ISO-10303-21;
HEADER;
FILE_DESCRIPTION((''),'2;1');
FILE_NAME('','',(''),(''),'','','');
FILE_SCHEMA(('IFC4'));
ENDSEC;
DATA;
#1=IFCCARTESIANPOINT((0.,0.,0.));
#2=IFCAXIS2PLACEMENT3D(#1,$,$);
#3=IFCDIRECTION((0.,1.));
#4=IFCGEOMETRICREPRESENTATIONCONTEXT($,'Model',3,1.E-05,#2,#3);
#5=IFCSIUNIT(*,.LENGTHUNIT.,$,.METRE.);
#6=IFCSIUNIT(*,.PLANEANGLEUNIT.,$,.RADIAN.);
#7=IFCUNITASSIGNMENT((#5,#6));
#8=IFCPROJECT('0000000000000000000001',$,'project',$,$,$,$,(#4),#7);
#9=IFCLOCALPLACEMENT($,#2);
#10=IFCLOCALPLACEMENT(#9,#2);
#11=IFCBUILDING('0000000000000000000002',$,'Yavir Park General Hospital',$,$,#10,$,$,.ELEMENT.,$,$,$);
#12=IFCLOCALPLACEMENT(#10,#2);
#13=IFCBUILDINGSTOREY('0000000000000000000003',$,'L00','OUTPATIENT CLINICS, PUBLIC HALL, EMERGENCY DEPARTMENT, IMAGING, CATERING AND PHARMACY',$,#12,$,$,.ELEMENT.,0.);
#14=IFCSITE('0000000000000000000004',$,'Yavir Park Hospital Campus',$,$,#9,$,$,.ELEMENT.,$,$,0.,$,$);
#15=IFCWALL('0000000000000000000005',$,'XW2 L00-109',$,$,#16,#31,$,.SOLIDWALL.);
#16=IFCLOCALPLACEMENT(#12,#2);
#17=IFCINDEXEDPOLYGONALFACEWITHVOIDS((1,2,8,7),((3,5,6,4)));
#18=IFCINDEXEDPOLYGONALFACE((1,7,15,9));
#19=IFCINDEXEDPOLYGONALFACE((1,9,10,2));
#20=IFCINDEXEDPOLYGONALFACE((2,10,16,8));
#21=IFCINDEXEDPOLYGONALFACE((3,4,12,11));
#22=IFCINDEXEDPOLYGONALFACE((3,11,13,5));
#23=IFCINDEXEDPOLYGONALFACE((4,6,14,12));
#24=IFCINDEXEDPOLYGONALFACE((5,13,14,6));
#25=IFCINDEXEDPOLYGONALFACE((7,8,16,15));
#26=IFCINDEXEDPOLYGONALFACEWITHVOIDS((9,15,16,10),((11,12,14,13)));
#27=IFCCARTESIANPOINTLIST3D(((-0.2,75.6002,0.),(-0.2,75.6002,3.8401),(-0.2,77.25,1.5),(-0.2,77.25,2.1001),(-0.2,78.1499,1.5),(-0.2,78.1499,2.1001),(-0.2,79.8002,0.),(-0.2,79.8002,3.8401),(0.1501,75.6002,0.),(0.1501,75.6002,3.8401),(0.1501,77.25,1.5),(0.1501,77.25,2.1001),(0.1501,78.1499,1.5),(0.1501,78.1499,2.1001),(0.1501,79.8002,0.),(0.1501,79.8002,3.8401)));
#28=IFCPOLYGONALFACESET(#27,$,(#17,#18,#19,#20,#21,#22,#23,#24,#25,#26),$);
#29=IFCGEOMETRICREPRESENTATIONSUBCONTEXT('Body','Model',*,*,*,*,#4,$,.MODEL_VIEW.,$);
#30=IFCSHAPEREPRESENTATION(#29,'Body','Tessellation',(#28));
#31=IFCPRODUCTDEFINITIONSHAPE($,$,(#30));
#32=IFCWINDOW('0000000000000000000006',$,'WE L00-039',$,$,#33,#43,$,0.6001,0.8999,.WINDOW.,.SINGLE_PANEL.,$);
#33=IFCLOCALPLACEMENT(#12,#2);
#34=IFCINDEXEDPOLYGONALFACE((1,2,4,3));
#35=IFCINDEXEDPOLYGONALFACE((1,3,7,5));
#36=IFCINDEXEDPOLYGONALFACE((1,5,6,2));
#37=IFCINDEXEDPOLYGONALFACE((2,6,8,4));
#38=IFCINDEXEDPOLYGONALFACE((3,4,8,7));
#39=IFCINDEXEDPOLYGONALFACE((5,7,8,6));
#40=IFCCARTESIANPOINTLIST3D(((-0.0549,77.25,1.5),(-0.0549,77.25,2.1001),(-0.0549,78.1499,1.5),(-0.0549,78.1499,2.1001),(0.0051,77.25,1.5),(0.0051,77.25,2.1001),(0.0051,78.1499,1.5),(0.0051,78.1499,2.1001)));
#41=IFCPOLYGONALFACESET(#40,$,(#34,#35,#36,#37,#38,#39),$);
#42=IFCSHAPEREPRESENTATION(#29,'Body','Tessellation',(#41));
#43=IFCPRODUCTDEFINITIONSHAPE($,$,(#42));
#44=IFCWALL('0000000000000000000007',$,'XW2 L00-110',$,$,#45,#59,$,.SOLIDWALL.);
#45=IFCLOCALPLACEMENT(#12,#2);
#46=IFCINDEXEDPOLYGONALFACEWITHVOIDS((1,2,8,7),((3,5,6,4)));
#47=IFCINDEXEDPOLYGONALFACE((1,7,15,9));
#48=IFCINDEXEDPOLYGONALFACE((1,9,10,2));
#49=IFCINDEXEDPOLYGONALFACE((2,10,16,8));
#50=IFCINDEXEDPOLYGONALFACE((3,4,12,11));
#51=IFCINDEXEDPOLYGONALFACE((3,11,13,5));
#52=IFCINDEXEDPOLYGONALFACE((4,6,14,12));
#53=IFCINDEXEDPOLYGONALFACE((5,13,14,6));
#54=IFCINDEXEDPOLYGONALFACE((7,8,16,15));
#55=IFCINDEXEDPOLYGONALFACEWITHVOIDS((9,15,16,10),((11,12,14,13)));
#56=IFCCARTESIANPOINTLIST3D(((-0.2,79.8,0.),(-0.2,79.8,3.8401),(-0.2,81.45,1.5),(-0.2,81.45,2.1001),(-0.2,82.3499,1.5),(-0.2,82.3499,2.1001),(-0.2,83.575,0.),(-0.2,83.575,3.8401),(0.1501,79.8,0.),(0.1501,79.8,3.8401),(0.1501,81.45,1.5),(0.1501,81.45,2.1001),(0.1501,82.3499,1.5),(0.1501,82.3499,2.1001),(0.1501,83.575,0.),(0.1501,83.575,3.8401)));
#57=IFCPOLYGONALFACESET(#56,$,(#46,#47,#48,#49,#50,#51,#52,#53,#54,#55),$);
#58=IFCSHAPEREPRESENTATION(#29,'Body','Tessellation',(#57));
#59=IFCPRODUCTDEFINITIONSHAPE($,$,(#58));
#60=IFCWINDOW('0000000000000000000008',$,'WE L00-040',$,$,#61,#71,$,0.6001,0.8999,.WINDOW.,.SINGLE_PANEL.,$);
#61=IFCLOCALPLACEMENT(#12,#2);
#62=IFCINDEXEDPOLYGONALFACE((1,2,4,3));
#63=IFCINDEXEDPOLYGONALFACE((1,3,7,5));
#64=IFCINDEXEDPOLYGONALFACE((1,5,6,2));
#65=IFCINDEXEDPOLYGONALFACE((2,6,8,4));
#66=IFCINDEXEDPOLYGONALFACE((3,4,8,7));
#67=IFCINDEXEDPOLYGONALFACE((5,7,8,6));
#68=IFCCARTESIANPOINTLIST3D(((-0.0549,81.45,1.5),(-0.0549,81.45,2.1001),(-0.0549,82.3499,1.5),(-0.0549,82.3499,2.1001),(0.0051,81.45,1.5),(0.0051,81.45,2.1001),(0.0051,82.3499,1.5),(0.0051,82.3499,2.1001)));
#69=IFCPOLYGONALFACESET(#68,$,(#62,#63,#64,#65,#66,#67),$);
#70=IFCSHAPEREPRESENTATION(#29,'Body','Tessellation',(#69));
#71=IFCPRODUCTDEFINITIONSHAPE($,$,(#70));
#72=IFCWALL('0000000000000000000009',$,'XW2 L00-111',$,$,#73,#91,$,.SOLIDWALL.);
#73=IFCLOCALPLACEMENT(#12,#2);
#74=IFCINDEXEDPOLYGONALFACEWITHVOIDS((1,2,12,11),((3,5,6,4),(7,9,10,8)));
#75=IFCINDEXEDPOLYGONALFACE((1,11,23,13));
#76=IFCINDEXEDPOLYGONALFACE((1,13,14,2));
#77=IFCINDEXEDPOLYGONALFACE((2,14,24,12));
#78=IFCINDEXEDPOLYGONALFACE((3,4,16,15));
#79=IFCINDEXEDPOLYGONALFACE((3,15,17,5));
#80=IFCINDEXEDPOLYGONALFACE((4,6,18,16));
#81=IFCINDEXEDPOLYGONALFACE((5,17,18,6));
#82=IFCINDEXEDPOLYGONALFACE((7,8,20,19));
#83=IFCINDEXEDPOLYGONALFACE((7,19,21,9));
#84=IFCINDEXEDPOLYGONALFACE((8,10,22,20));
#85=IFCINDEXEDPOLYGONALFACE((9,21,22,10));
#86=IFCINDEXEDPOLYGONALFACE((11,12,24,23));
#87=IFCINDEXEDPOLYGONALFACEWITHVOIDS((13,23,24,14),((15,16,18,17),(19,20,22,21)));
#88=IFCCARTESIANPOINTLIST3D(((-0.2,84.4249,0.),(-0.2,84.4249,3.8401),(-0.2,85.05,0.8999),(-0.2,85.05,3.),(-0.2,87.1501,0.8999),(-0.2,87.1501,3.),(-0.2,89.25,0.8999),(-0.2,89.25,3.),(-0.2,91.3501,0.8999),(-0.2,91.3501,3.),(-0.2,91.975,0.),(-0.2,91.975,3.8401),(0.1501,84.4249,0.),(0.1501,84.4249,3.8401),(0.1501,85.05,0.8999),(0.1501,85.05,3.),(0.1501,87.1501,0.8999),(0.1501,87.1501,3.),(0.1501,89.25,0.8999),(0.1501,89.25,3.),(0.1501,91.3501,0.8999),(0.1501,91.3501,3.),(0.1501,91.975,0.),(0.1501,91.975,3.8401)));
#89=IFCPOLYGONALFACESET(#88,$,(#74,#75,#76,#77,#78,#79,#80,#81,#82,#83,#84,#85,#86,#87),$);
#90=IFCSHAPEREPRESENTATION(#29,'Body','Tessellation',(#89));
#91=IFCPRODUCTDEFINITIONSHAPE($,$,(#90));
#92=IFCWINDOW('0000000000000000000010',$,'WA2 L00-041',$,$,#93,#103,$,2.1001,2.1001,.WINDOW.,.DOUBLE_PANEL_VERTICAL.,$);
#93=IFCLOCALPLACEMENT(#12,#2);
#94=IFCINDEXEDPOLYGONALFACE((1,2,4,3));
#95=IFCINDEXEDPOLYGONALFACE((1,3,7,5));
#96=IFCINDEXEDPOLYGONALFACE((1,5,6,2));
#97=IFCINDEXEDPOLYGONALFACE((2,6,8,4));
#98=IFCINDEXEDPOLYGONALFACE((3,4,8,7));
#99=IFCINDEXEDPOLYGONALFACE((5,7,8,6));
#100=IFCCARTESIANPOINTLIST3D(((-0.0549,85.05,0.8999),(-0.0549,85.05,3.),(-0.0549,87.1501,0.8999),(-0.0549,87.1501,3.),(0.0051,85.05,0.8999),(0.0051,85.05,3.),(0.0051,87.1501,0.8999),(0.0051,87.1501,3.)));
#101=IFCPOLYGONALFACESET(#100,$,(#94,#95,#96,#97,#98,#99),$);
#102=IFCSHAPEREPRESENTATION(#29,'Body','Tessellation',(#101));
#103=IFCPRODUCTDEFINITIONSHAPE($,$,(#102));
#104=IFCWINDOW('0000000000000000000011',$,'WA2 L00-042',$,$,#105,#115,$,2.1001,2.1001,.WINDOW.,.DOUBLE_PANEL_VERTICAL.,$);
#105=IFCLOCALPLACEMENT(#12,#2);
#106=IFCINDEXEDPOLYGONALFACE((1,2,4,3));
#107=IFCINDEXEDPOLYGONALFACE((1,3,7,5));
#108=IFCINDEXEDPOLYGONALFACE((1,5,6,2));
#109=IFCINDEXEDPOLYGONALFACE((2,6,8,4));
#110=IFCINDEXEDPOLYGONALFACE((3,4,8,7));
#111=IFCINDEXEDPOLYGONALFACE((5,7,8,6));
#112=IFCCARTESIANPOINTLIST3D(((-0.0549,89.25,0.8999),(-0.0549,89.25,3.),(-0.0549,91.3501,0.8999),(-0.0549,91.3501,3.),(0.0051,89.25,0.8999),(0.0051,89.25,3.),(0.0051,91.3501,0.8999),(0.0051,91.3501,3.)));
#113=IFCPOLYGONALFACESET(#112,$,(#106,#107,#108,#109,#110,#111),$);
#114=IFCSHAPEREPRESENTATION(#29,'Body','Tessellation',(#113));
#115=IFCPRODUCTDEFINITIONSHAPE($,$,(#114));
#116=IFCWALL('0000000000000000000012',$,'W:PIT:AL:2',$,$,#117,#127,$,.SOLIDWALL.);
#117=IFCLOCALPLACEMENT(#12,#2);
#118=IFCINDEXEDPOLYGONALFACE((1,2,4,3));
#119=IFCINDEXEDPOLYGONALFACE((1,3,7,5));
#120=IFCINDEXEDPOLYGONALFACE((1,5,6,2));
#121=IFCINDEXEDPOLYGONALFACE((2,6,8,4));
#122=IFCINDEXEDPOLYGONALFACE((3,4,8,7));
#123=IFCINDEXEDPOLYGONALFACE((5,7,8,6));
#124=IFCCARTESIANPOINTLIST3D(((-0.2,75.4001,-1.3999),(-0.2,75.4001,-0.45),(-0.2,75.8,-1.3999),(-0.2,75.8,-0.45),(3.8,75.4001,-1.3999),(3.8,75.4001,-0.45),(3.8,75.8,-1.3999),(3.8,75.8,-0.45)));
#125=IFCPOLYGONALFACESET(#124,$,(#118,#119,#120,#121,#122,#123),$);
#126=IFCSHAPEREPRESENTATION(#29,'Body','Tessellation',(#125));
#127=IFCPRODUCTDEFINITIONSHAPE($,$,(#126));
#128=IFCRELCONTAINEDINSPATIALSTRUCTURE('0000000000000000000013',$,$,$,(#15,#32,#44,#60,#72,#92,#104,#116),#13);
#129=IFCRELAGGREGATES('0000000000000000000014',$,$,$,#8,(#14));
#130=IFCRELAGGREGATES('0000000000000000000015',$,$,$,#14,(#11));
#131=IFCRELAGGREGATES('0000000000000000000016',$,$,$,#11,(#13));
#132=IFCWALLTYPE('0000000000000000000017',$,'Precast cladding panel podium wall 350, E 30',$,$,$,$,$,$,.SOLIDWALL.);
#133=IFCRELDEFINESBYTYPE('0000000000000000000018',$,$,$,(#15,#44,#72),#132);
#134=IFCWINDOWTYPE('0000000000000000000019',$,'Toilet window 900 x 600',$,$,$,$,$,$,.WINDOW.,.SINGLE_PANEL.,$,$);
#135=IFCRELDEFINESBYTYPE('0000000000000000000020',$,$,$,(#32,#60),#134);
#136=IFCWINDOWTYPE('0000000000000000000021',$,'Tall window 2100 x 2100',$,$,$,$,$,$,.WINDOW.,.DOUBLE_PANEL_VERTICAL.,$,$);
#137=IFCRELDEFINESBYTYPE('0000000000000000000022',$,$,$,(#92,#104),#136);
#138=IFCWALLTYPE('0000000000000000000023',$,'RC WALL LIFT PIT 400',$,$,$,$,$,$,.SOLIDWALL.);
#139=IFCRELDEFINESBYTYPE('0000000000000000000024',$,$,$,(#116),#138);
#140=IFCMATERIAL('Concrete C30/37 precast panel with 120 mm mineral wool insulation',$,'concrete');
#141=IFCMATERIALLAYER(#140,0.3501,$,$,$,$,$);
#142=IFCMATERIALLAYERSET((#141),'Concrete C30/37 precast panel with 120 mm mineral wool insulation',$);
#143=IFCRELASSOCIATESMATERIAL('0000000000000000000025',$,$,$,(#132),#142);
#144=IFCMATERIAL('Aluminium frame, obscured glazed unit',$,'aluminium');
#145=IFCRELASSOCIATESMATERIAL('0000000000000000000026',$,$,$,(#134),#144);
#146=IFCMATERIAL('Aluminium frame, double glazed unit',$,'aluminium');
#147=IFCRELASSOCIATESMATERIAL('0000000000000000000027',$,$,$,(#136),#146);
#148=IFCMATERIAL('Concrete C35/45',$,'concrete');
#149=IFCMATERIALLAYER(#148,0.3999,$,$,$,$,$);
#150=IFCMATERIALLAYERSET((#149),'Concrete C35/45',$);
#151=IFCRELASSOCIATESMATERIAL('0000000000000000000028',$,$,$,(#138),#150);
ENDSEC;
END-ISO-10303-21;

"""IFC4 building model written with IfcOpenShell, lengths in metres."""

from ifc_helpers import new_model, si_unit, direction, frame, frame_2d, origin, place, context, subcontext, project, spatial, rectangle, extrude, material, layer, layer_set, type_object, element, fill, save


model = new_model("IFC4")

# Units and contexts
model_context = context("Model", 3, precision=1e-05, world=origin(), true_north=direction((0.0, 1.0)))
body_context = subcontext(model_context, "Body", "Model", "MODEL_VIEW")
ifc_project = project(units=[si_unit("LENGTHUNIT", "METRE"), si_unit("PLANEANGLEUNIT", "RADIAN")], contexts=[model_context])

# Site, building, storey
site_placement = place(None, origin())
site = spatial("IfcSite", under=ifc_project, at=site_placement, Name="Yavir Park Hospital Campus", CompositionType="ELEMENT", RefElevation=0.0)
building_placement = place(site_placement, origin())
building = spatial("IfcBuilding", under=site, at=building_placement, Name="Yavir Park General Hospital", CompositionType="ELEMENT")
storey_placement = place(building_placement, origin())
storey = spatial("IfcBuildingStorey", under=building, at=storey_placement, Name="L00", Description="OUTPATIENT CLINICS, PUBLIC HALL, EMERGENCY DEPARTMENT, IMAGING, CATERING AND PHARMACY", CompositionType="ELEMENT", Elevation=0.0)

# Walls, openings, windows
ifc_material_1 = material(Name="Concrete C30/37 precast panel with 120 mm mineral wool insulation", Category="concrete")
ifc_layer_1 = layer(ifc_material_1, 0.3501)
ifc_layer_set_1 = layer_set([ifc_layer_1], Name="Concrete C30/37 precast panel with 120 mm mineral wool insulation")
wall_type_1 = type_object("IfcWallType", Name="Precast cladding panel podium wall 350, E 30", PredefinedType="SOLIDWALL", material=ifc_layer_set_1)
wall_1_placement = place(storey_placement, frame((-0.0249, 75.6001, 0.0), z_axis=(0.0, 0.0, 1.0), x_axis=(0.0, 1.0, 0.0)))
wall_1 = element("IfcWall", 1, at=wall_1_placement, inside=storey, type_object=wall_type_1, Name="XW2 L00-109", PredefinedType="SOLIDWALL", context=body_context, shape_type="SweptSolid", body=[
    extrude(rectangle(XDim=4.2, YDim=0.3501, at=frame_2d((2.1001, 0.0))), origin(), (0.0, 0.0, 1.0), 3.8401),
])
opening_1_placement = place(wall_1_placement, frame((1.6499, 0.0, 1.5)))
opening_1 = element("IfcOpeningElement", 2, at=opening_1_placement, cuts=wall_1, PredefinedType="OPENING", context=body_context, shape_type="SweptSolid", body=[
    extrude(rectangle(XDim=0.8999, YDim=0.6001, at=frame_2d((0.45, 0.3))), frame((0.0, 0.1851, 0.0), z_axis=(0.0, -1.0, 0.0), x_axis=(1.0, 0.0, 0.0)), (0.0, 0.0, 1.0), 0.3701),
])
ifc_material_2 = material(Name="Aluminium frame, obscured glazed unit", Category="aluminium")
window_type_1 = type_object("IfcWindowType", Name="Toilet window 900 x 600", PartitioningType="SINGLE_PANEL", PredefinedType="WINDOW", material=ifc_material_2)
window_1_placement = place(opening_1_placement, origin())
window_1 = element("IfcWindow", 3, at=window_1_placement, inside=storey, type_object=window_type_1, Name="WE L00-039", OverallHeight=0.6001, OverallWidth=0.8999, PartitioningType="SINGLE_PANEL", PredefinedType="WINDOW", context=body_context, shape_type="SweptSolid", body=[
    extrude(rectangle(XDim=0.8999, YDim=0.6001, at=frame_2d((0.45, 0.3))), frame((0.0, 0.03, 0.0), z_axis=(0.0, -1.0, 0.0), x_axis=(1.0, 0.0, 0.0)), (0.0, 0.0, 1.0), 0.0601),
])
fill(opening_1, window_1)
wall_2_placement = place(storey_placement, frame((-0.0249, 79.8, 0.0), z_axis=(0.0, 0.0, 1.0), x_axis=(0.0, 1.0, 0.0)))
wall_2 = element("IfcWall", 4, at=wall_2_placement, inside=storey, type_object=wall_type_1, Name="XW2 L00-110", PredefinedType="SOLIDWALL", context=body_context, shape_type="SweptSolid", body=[
    extrude(rectangle(XDim=3.7749, YDim=0.3501, at=frame_2d((1.8875, 0.0))), origin(), (0.0, 0.0, 1.0), 3.8401),
])
opening_2_placement = place(wall_2_placement, frame((1.6499, 0.0, 1.5)))
opening_2 = element("IfcOpeningElement", 5, at=opening_2_placement, cuts=wall_2, PredefinedType="OPENING", context=body_context, shape_type="SweptSolid", body=[
    extrude(rectangle(XDim=0.8999, YDim=0.6001, at=frame_2d((0.45, 0.3))), frame((0.0, 0.1851, 0.0), z_axis=(0.0, -1.0, 0.0), x_axis=(1.0, 0.0, 0.0)), (0.0, 0.0, 1.0), 0.3701),
])
window_2_placement = place(opening_2_placement, origin())
window_2 = element("IfcWindow", 6, at=window_2_placement, inside=storey, type_object=window_type_1, Name="WE L00-040", OverallHeight=0.6001, OverallWidth=0.8999, PartitioningType="SINGLE_PANEL", PredefinedType="WINDOW", context=body_context, shape_type="SweptSolid", body=[
    extrude(rectangle(XDim=0.8999, YDim=0.6001, at=frame_2d((0.45, 0.3))), frame((0.0, 0.03, 0.0), z_axis=(0.0, -1.0, 0.0), x_axis=(1.0, 0.0, 0.0)), (0.0, 0.0, 1.0), 0.0601),
])
fill(opening_2, window_2)

# Wall, openings, windows
wall_3_placement = place(storey_placement, frame((-0.0249, 84.425, 0.0), z_axis=(0.0, 0.0, 1.0), x_axis=(0.0, 1.0, 0.0)))
wall_3 = element("IfcWall", 7, at=wall_3_placement, inside=storey, type_object=wall_type_1, Name="XW2 L00-111", PredefinedType="SOLIDWALL", context=body_context, shape_type="SweptSolid", body=[
    extrude(rectangle(XDim=7.55, YDim=0.3501, at=frame_2d((3.7749, 0.0))), origin(), (0.0, 0.0, 1.0), 3.8401),
])
opening_3_placement = place(wall_3_placement, frame((0.625, 0.0, 0.8999)))
opening_3 = element("IfcOpeningElement", 8, at=opening_3_placement, cuts=wall_3, PredefinedType="OPENING", context=body_context, shape_type="SweptSolid", body=[
    extrude(rectangle(XDim=2.1001, YDim=2.1001, at=frame_2d((1.05, 1.05))), frame((0.0, 0.1851, 0.0), z_axis=(0.0, -1.0, 0.0), x_axis=(1.0, 0.0, 0.0)), (0.0, 0.0, 1.0), 0.3701),
])
opening_4_placement = place(wall_3_placement, frame((4.825, 0.0, 0.8999)))
opening_4 = element("IfcOpeningElement", 9, at=opening_4_placement, cuts=wall_3, PredefinedType="OPENING", context=body_context, shape_type="SweptSolid", body=[
    extrude(rectangle(XDim=2.1001, YDim=2.1001, at=frame_2d((1.05, 1.05))), frame((0.0, 0.1851, 0.0), z_axis=(0.0, -1.0, 0.0), x_axis=(1.0, 0.0, 0.0)), (0.0, 0.0, 1.0), 0.3701),
])
ifc_material_3 = material(Name="Aluminium frame, double glazed unit", Category="aluminium")
window_type_2 = type_object("IfcWindowType", Name="Tall window 2100 x 2100", PartitioningType="DOUBLE_PANEL_VERTICAL", PredefinedType="WINDOW", material=ifc_material_3)
window_3_placement = place(opening_3_placement, origin())
window_3 = element("IfcWindow", 10, at=window_3_placement, inside=storey, type_object=window_type_2, Name="WA2 L00-041", OverallHeight=2.1001, OverallWidth=2.1001, PartitioningType="DOUBLE_PANEL_VERTICAL", PredefinedType="WINDOW", context=body_context, shape_type="SweptSolid", body=[
    extrude(rectangle(XDim=2.1001, YDim=2.1001, at=frame_2d((1.05, 1.05))), frame((0.0, 0.03, 0.0), z_axis=(0.0, -1.0, 0.0), x_axis=(1.0, 0.0, 0.0)), (0.0, 0.0, 1.0), 0.0601),
])
fill(opening_3, window_3)
window_4_placement = place(opening_4_placement, origin())
window_4 = element("IfcWindow", 11, at=window_4_placement, inside=storey, type_object=window_type_2, Name="WA2 L00-042", OverallHeight=2.1001, OverallWidth=2.1001, PartitioningType="DOUBLE_PANEL_VERTICAL", PredefinedType="WINDOW", context=body_context, shape_type="SweptSolid", body=[
    extrude(rectangle(XDim=2.1001, YDim=2.1001, at=frame_2d((1.05, 1.05))), frame((0.0, 0.03, 0.0), z_axis=(0.0, -1.0, 0.0), x_axis=(1.0, 0.0, 0.0)), (0.0, 0.0, 1.0), 0.0601),
])
fill(opening_4, window_4)

# Wall
ifc_material_4 = material(Name="Concrete C35/45", Category="concrete")
ifc_layer_2 = layer(ifc_material_4, 0.3999)
ifc_layer_set_2 = layer_set([ifc_layer_2], Name="Concrete C35/45")
wall_type_2 = type_object("IfcWallType", Name="RC WALL LIFT PIT 400", PredefinedType="SOLIDWALL", material=ifc_layer_set_2)
wall_4_placement = place(storey_placement, frame((-0.2, 75.6001, -1.3999), z_axis=(0.0, 0.0, 1.0), x_axis=(1.0, 0.0, 0.0)))
element("IfcWall", 12, at=wall_4_placement, inside=storey, type_object=wall_type_2, Name="W:PIT:AL:2", PredefinedType="SOLIDWALL", context=body_context, shape_type="SweptSolid", body=[
    extrude(rectangle(XDim=4.0, YDim=0.3999, at=frame_2d((2.0, 0.0))), origin(), (0.0, 0.0, 1.0), 0.95),
])

save(model, "model.ifc")
